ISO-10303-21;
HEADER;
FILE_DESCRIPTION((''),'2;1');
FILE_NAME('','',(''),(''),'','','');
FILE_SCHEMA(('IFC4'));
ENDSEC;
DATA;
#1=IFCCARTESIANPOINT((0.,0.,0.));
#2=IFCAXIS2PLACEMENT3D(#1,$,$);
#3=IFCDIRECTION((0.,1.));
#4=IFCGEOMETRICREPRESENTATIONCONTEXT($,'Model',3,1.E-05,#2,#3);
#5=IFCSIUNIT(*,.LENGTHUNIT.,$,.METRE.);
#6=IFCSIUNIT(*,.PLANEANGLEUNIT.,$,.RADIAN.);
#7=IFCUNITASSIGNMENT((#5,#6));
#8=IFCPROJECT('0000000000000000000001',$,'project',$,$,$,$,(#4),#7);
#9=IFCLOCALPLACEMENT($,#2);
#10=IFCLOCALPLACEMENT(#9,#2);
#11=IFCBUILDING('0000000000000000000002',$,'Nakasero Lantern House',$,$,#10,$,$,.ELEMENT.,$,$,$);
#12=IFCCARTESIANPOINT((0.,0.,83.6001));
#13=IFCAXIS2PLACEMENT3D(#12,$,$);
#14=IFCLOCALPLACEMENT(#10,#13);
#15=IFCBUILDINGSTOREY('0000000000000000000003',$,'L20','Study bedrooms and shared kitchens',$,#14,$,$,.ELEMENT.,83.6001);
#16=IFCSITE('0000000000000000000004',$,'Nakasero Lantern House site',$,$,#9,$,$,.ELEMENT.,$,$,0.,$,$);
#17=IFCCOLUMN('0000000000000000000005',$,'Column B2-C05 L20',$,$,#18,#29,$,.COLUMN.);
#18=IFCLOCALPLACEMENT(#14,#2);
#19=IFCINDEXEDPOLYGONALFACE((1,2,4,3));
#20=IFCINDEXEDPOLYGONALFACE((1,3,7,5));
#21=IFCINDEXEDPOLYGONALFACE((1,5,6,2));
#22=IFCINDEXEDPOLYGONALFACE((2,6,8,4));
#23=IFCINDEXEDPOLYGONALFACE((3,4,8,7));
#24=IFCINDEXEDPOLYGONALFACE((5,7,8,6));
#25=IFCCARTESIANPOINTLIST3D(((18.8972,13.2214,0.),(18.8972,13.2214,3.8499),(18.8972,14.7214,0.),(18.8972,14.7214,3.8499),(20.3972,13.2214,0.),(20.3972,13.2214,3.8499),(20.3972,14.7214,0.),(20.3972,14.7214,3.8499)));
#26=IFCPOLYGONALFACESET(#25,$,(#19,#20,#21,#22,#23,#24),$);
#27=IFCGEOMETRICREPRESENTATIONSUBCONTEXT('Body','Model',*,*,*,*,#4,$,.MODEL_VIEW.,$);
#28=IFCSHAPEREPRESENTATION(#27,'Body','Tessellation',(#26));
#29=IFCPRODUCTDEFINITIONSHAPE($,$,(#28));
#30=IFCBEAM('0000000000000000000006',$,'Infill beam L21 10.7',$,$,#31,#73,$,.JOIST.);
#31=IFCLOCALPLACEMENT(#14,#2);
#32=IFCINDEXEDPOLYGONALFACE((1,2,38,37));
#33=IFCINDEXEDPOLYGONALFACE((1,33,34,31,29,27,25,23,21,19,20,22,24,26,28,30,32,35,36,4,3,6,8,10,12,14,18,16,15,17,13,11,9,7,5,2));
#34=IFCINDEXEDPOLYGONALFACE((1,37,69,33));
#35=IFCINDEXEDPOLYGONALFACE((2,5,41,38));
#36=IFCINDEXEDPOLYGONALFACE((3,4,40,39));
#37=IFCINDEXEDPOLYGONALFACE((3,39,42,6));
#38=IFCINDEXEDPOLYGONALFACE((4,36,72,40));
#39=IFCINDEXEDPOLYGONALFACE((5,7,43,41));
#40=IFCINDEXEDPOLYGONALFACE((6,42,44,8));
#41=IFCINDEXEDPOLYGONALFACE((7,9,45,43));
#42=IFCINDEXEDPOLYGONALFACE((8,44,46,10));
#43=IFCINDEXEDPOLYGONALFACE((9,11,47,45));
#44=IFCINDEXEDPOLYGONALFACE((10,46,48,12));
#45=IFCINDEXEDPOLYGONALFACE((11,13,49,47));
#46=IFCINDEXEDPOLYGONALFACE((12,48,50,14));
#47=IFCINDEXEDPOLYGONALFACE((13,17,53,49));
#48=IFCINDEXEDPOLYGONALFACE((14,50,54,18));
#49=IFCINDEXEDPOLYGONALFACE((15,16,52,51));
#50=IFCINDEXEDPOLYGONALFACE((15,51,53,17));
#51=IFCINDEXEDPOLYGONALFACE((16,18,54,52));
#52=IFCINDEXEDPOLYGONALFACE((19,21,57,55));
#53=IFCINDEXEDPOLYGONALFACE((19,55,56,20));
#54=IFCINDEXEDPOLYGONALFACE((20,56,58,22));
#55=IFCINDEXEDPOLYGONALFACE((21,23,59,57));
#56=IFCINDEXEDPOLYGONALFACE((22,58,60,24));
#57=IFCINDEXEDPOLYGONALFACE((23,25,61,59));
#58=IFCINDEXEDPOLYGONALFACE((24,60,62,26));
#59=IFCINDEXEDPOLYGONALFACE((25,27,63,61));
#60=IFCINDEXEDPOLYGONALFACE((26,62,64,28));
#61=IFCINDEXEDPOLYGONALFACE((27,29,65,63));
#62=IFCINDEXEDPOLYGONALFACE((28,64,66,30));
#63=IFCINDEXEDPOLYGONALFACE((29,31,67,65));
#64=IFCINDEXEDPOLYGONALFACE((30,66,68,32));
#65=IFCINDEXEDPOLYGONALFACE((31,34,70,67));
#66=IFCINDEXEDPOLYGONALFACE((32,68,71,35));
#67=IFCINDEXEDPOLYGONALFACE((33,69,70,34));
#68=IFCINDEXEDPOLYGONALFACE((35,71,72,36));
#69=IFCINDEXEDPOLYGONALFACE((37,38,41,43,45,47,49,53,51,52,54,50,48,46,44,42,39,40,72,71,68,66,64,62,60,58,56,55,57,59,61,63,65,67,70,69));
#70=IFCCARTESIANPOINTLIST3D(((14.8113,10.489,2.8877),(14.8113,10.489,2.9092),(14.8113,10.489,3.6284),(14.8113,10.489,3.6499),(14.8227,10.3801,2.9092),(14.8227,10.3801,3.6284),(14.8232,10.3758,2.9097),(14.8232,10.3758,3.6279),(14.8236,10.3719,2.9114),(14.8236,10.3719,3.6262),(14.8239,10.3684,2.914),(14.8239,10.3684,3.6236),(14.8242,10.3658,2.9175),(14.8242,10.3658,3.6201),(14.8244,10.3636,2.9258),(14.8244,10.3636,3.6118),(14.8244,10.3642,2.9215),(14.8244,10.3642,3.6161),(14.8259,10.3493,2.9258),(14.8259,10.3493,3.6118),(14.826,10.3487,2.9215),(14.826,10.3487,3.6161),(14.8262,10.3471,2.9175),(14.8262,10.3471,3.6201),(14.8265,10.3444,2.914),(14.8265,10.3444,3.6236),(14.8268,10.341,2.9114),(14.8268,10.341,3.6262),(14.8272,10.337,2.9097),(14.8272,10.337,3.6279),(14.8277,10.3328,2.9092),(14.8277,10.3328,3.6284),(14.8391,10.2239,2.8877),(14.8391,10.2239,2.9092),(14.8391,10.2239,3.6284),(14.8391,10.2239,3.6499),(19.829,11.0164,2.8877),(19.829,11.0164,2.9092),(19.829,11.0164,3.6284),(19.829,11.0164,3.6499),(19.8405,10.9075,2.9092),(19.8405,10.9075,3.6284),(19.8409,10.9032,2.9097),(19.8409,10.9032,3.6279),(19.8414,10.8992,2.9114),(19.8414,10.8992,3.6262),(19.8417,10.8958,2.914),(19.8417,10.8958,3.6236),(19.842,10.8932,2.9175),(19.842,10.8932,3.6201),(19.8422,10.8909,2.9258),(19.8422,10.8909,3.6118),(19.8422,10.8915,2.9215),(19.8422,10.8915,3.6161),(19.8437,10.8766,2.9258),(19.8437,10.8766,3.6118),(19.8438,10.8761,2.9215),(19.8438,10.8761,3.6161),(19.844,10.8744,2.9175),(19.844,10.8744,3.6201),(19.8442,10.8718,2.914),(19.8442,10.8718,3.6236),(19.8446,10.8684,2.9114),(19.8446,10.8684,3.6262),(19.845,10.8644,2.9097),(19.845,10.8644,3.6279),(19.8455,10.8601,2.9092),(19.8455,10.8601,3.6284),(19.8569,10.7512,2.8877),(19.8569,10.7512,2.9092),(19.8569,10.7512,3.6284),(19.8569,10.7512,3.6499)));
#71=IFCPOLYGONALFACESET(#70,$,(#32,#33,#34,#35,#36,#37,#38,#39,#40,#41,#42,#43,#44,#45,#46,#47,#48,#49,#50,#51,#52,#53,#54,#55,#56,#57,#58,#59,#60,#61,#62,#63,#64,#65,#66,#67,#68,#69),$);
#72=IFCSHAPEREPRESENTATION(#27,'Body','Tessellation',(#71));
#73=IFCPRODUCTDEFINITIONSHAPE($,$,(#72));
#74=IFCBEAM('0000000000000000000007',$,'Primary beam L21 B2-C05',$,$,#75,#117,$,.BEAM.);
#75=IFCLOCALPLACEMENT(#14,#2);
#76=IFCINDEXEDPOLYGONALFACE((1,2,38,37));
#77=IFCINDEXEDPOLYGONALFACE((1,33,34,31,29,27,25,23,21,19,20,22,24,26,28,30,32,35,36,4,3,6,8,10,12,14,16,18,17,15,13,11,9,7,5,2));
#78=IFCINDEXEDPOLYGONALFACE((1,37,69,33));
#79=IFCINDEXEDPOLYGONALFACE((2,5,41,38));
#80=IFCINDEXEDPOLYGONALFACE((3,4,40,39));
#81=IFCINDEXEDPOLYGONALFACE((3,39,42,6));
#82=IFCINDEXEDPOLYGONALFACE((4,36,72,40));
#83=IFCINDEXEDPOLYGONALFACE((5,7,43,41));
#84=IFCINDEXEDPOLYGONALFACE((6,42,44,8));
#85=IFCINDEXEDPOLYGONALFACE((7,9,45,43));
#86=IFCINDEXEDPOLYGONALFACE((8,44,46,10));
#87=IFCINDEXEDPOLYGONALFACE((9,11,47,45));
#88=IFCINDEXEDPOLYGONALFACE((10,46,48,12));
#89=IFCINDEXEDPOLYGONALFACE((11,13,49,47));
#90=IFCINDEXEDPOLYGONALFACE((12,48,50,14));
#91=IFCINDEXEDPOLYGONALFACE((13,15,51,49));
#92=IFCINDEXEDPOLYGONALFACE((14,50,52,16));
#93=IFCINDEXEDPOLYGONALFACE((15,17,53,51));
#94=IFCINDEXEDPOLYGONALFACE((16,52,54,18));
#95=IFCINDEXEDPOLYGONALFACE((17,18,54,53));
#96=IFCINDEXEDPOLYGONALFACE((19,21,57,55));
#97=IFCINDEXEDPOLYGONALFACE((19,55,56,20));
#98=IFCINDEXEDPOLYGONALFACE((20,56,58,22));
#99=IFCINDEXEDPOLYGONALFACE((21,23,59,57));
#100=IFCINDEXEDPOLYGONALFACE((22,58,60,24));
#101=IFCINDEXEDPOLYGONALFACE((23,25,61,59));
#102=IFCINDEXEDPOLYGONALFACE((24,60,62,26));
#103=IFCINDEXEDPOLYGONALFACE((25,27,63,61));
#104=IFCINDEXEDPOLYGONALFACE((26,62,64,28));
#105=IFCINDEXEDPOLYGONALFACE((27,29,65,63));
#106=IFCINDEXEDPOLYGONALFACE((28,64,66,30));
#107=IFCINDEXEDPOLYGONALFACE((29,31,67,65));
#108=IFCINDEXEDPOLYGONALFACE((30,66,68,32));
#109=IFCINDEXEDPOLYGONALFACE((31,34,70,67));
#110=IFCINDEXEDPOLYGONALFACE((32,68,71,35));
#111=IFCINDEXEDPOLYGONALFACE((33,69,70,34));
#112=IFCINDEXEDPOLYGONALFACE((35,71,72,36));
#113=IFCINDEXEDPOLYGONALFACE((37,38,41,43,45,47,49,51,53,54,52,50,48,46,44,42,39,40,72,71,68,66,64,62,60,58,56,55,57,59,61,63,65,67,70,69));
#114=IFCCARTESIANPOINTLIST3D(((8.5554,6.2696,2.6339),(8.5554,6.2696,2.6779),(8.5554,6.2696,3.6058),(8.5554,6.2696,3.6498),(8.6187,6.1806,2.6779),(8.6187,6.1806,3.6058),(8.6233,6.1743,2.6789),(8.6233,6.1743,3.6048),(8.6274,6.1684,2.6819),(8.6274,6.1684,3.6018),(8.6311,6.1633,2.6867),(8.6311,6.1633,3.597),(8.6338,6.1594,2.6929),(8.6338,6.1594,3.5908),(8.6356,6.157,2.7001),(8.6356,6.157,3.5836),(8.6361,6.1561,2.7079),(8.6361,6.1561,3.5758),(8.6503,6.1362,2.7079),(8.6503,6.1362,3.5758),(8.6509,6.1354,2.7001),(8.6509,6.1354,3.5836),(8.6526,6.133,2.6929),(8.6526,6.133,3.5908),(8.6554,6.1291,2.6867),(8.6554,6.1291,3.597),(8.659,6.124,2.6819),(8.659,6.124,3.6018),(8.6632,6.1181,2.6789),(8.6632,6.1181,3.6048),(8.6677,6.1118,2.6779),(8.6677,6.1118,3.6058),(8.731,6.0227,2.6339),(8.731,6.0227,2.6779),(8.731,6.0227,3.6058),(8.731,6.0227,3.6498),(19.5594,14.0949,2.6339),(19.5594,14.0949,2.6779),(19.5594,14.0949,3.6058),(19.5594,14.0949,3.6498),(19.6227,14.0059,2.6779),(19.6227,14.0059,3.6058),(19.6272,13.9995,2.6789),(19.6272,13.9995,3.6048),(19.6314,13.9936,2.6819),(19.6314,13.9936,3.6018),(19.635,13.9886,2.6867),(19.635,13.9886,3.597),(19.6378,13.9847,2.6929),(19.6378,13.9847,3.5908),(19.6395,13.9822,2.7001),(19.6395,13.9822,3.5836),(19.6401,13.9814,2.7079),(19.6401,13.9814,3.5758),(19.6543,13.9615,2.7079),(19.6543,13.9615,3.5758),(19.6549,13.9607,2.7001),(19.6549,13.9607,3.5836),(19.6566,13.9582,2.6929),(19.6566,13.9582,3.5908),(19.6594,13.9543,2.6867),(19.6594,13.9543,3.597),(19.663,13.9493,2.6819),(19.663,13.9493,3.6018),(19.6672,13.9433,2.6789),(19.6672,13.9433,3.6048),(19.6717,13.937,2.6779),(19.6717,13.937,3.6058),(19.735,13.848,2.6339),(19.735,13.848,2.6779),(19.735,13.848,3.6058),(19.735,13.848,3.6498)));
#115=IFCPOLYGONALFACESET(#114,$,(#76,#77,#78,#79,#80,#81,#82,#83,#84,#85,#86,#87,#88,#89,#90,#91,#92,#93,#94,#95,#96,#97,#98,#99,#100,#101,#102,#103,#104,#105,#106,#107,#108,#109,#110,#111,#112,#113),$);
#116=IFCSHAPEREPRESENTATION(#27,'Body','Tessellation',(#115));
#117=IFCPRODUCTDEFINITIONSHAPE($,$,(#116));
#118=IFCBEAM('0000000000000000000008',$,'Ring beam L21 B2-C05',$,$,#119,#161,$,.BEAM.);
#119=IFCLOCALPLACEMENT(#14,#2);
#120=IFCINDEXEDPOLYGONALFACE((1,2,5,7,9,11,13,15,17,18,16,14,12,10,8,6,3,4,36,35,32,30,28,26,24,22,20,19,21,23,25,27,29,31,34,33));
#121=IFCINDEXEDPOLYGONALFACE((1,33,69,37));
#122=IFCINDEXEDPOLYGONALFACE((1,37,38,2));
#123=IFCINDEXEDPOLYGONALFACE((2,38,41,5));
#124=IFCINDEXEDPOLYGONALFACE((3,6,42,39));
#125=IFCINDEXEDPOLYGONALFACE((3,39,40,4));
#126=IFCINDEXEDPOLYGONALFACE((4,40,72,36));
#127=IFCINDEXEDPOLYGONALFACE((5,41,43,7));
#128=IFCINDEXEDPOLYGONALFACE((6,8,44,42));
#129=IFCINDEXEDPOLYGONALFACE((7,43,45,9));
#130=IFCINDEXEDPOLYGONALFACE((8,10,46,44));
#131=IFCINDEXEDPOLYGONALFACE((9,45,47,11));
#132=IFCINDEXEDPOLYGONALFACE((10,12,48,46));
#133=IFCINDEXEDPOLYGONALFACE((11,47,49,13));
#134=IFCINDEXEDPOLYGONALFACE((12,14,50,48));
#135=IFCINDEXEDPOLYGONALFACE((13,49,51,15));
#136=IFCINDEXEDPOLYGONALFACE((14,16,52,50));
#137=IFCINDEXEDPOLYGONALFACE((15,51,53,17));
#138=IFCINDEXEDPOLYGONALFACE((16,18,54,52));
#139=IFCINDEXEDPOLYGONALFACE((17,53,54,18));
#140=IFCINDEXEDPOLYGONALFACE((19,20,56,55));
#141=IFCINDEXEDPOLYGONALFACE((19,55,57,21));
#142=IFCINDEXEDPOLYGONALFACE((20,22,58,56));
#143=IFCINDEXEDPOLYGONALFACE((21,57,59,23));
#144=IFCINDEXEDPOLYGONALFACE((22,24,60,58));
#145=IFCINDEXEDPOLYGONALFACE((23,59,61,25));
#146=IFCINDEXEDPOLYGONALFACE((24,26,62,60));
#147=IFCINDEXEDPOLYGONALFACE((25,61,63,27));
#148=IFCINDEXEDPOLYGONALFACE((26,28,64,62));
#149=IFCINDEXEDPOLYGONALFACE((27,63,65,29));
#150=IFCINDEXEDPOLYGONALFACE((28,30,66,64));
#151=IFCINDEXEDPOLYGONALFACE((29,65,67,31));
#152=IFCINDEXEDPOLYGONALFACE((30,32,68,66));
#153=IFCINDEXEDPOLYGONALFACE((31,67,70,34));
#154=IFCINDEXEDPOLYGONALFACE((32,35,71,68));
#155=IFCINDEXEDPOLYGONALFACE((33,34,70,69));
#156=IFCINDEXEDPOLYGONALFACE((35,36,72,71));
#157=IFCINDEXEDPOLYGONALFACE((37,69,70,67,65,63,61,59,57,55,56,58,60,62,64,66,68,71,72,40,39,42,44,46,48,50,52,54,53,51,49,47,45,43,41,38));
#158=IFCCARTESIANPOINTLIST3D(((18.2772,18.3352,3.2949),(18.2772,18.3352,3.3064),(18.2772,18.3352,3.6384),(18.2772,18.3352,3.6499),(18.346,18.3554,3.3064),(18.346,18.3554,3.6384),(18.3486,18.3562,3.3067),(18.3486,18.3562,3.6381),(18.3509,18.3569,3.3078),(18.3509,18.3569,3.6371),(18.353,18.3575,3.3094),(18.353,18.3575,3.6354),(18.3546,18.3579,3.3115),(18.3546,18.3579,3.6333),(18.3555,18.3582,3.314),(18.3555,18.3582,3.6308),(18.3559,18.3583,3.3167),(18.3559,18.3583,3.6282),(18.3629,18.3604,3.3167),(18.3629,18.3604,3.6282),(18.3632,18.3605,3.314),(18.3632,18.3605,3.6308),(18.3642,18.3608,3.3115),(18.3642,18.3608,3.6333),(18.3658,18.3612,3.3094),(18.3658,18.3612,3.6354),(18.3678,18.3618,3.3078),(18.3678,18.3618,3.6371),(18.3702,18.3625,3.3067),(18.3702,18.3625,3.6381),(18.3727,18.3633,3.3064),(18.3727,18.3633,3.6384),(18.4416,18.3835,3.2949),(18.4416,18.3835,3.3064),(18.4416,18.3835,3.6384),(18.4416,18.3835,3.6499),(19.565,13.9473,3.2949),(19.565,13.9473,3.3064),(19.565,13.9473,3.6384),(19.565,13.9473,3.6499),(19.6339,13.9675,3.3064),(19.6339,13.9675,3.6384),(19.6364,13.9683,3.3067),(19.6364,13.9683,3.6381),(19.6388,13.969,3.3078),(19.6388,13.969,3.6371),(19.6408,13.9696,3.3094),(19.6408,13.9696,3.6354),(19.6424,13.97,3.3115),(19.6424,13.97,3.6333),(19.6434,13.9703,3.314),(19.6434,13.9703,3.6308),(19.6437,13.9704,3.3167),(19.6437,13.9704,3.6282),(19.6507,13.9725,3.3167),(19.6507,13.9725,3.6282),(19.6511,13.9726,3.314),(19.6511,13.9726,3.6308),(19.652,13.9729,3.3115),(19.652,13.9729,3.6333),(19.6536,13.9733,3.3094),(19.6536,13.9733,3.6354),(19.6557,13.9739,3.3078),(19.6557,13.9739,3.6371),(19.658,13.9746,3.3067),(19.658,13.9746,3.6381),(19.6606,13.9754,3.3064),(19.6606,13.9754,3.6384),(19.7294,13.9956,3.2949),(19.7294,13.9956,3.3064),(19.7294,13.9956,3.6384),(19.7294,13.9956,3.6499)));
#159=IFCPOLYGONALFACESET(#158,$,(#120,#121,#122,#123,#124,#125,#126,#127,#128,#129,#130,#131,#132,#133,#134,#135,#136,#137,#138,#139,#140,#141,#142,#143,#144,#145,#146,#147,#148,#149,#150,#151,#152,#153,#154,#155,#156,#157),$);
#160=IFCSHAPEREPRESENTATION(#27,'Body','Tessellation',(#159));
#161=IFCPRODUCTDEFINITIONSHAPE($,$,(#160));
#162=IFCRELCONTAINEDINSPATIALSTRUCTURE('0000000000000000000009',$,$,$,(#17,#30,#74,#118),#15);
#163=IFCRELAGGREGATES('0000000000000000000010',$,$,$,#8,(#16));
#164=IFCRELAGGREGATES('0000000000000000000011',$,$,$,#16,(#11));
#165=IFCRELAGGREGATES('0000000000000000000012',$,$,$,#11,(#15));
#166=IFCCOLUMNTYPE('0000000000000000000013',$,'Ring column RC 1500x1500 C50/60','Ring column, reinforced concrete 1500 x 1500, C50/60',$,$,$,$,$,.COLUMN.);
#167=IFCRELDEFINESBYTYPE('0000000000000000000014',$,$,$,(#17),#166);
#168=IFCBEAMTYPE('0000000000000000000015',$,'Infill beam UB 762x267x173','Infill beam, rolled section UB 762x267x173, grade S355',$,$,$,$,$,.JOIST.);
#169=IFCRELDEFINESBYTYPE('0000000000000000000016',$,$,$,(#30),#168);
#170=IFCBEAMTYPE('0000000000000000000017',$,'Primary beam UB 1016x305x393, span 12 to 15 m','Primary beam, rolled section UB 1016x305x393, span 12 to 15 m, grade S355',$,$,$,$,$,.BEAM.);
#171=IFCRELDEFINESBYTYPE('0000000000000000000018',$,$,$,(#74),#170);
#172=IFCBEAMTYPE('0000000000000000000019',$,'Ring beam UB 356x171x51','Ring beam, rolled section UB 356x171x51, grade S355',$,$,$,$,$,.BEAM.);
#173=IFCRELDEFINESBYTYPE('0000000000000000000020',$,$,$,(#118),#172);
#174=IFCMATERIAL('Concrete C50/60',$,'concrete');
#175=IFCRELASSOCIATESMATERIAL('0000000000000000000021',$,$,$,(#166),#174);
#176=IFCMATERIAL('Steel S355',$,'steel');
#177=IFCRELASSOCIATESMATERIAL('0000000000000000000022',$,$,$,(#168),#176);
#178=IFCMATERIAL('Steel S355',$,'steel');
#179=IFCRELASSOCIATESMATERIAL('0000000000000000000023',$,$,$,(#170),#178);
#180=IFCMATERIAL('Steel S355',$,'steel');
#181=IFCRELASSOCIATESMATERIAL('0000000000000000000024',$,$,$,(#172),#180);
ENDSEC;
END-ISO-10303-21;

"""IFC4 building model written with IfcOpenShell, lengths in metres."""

from ifc_helpers import new_model, si_unit, direction, frame, origin, origin_2d, place, context, subcontext, project, spatial, rectangle, i_section, extrude, material, material_profile, profile_set, type_object, element, save


model = new_model("IFC4")

# Units and contexts
model_context = context("Model", 3, precision=1e-05, world=origin(), true_north=direction((0.0, 1.0)))
body_context = subcontext(model_context, "Body", "Model", "MODEL_VIEW")
ifc_project = project(units=[si_unit("LENGTHUNIT", "METRE"), si_unit("PLANEANGLEUNIT", "RADIAN")], contexts=[model_context])

# Site, building, storey
site_placement = place(None, origin())
site = spatial("IfcSite", under=ifc_project, at=site_placement, Name="Nakasero Lantern House site", CompositionType="ELEMENT", RefElevation=0.0)
building_placement = place(site_placement, origin())
building = spatial("IfcBuilding", under=site, at=building_placement, Name="Nakasero Lantern House", CompositionType="ELEMENT")
storey_placement = place(building_placement, frame((0.0, 0.0, 83.6001)))
storey = spatial("IfcBuildingStorey", under=building, at=storey_placement, Name="L20", Description="Study bedrooms and shared kitchens", CompositionType="ELEMENT", Elevation=83.6001)

# Column
ifc_material_1 = material(Name="Concrete C50/60", Category="concrete")
ifc_material_profile_1 = material_profile(ifc_material_1, rectangle(XDim=1.5, YDim=1.5, at=origin_2d()), Name="RC 1500x1500")
ifc_profile_set_1 = profile_set([ifc_material_profile_1], Name="Concrete C50/60")
column_type = type_object("IfcColumnType", Name="Ring column RC 1500x1500 C50/60", Description="Ring column, reinforced concrete 1500 x 1500, C50/60", PredefinedType="COLUMN", material=ifc_profile_set_1)
column_placement = place(storey_placement, frame((19.6472, 13.9714, 0.0), z_axis=(0.0, 0.0, 1.0), x_axis=(1.0, 0.0, 0.0)))
element("IfcColumn", 1, at=column_placement, inside=storey, type_object=column_type, Name="Column B2-C05 L20", PredefinedType="COLUMN", context=body_context, shape_type="SweptSolid", body=[
    extrude(rectangle(XDim=1.5, YDim=1.5, at=origin_2d()), origin(), (0.0, 0.0, 1.0), 3.8499),
])

# Beams
ifc_material_2 = material(Name="Steel S355", Category="steel")
ifc_material_profile_2 = material_profile(ifc_material_2, i_section(OverallWidth=0.2666, OverallDepth=0.7622, WebThickness=0.0144, FlangeThickness=0.0215, FilletRadius=0.0166, at=origin_2d()), Name="UB 762x267x173")
ifc_profile_set_2 = profile_set([ifc_material_profile_2], Name="Steel S355")
beam_type_1 = type_object("IfcBeamType", Name="Infill beam UB 762x267x173", Description="Infill beam, rolled section UB 762x267x173, grade S355", PredefinedType="JOIST", material=ifc_profile_set_2)
beam_1_placement = place(storey_placement, frame((14.8252, 10.3564, 3.2688), z_axis=(0.994523, 0.104519, 0.0), x_axis=(-0.104519, 0.994523, 0.0)))
element("IfcBeam", 2, at=beam_1_placement, inside=storey, type_object=beam_type_1, Name="Infill beam L21 10.7", PredefinedType="JOIST", context=body_context, shape_type="SweptSolid", body=[
    extrude(i_section(OverallWidth=0.2666, OverallDepth=0.7622, WebThickness=0.0144, FlangeThickness=0.0215, FilletRadius=0.0166, at=origin_2d()), origin(), (0.0, 0.0, 1.0), 5.0454),
])
ifc_material_3 = material(Name="Steel S355", Category="steel")
ifc_material_profile_3 = material_profile(ifc_material_3, i_section(OverallWidth=0.303, OverallDepth=1.0159, WebThickness=0.0244, FlangeThickness=0.0439, FilletRadius=0.03, at=origin_2d()), Name="UB 1016x305x393")
ifc_profile_set_3 = profile_set([ifc_material_profile_3], Name="Steel S355")
beam_type_2 = type_object("IfcBeamType", Name="Primary beam UB 1016x305x393, span 12 to 15 m", Description="Primary beam, rolled section UB 1016x305x393, span 12 to 15 m, grade S355", PredefinedType="BEAM", material=ifc_profile_set_3)
beam_2_placement = place(storey_placement, frame((19.6472, 13.9714, 3.1418), z_axis=(-0.814948, -0.579533, 0.0), x_axis=(0.579533, -0.814948, 0.0)))
element("IfcBeam", 3, at=beam_2_placement, inside=storey, type_object=beam_type_2, Name="Primary beam L21 B2-C05", PredefinedType="BEAM", context=body_context, shape_type="SweptSolid", body=[
    extrude(i_section(OverallWidth=0.303, OverallDepth=1.0159, WebThickness=0.0244, FlangeThickness=0.0439, FilletRadius=0.03, at=origin_2d()), origin(), (0.0, 0.0, 1.0), 13.5027),
])
ifc_material_4 = material(Name="Steel S355", Category="steel")
ifc_material_profile_4 = material_profile(ifc_material_4, i_section(OverallWidth=0.1714, OverallDepth=0.355, WebThickness=0.0073, FlangeThickness=0.0115, FilletRadius=0.0103, at=origin_2d()), Name="UB 356x171x51")
ifc_profile_set_4 = profile_set([ifc_material_profile_4], Name="Steel S355")
beam_type_3 = type_object("IfcBeamType", Name="Ring beam UB 356x171x51", Description="Ring beam, rolled section UB 356x171x51, grade S355", PredefinedType="BEAM", material=ifc_profile_set_4)
beam_3_placement = place(storey_placement, frame((19.6472, 13.9714, 3.4724), z_axis=(-0.281617, 0.959527, 0.0), x_axis=(-0.959527, -0.281617, 0.0)))
element("IfcBeam", 4, at=beam_3_placement, inside=storey, type_object=beam_type_3, Name="Ring beam L21 B2-C05", PredefinedType="BEAM", context=body_context, shape_type="SweptSolid", body=[
    extrude(i_section(OverallWidth=0.1714, OverallDepth=0.355, WebThickness=0.0073, FlangeThickness=0.0115, FilletRadius=0.0103, at=origin_2d()), origin(), (0.0, 0.0, 1.0), 4.573),
])

save(model, "model.ifc")
